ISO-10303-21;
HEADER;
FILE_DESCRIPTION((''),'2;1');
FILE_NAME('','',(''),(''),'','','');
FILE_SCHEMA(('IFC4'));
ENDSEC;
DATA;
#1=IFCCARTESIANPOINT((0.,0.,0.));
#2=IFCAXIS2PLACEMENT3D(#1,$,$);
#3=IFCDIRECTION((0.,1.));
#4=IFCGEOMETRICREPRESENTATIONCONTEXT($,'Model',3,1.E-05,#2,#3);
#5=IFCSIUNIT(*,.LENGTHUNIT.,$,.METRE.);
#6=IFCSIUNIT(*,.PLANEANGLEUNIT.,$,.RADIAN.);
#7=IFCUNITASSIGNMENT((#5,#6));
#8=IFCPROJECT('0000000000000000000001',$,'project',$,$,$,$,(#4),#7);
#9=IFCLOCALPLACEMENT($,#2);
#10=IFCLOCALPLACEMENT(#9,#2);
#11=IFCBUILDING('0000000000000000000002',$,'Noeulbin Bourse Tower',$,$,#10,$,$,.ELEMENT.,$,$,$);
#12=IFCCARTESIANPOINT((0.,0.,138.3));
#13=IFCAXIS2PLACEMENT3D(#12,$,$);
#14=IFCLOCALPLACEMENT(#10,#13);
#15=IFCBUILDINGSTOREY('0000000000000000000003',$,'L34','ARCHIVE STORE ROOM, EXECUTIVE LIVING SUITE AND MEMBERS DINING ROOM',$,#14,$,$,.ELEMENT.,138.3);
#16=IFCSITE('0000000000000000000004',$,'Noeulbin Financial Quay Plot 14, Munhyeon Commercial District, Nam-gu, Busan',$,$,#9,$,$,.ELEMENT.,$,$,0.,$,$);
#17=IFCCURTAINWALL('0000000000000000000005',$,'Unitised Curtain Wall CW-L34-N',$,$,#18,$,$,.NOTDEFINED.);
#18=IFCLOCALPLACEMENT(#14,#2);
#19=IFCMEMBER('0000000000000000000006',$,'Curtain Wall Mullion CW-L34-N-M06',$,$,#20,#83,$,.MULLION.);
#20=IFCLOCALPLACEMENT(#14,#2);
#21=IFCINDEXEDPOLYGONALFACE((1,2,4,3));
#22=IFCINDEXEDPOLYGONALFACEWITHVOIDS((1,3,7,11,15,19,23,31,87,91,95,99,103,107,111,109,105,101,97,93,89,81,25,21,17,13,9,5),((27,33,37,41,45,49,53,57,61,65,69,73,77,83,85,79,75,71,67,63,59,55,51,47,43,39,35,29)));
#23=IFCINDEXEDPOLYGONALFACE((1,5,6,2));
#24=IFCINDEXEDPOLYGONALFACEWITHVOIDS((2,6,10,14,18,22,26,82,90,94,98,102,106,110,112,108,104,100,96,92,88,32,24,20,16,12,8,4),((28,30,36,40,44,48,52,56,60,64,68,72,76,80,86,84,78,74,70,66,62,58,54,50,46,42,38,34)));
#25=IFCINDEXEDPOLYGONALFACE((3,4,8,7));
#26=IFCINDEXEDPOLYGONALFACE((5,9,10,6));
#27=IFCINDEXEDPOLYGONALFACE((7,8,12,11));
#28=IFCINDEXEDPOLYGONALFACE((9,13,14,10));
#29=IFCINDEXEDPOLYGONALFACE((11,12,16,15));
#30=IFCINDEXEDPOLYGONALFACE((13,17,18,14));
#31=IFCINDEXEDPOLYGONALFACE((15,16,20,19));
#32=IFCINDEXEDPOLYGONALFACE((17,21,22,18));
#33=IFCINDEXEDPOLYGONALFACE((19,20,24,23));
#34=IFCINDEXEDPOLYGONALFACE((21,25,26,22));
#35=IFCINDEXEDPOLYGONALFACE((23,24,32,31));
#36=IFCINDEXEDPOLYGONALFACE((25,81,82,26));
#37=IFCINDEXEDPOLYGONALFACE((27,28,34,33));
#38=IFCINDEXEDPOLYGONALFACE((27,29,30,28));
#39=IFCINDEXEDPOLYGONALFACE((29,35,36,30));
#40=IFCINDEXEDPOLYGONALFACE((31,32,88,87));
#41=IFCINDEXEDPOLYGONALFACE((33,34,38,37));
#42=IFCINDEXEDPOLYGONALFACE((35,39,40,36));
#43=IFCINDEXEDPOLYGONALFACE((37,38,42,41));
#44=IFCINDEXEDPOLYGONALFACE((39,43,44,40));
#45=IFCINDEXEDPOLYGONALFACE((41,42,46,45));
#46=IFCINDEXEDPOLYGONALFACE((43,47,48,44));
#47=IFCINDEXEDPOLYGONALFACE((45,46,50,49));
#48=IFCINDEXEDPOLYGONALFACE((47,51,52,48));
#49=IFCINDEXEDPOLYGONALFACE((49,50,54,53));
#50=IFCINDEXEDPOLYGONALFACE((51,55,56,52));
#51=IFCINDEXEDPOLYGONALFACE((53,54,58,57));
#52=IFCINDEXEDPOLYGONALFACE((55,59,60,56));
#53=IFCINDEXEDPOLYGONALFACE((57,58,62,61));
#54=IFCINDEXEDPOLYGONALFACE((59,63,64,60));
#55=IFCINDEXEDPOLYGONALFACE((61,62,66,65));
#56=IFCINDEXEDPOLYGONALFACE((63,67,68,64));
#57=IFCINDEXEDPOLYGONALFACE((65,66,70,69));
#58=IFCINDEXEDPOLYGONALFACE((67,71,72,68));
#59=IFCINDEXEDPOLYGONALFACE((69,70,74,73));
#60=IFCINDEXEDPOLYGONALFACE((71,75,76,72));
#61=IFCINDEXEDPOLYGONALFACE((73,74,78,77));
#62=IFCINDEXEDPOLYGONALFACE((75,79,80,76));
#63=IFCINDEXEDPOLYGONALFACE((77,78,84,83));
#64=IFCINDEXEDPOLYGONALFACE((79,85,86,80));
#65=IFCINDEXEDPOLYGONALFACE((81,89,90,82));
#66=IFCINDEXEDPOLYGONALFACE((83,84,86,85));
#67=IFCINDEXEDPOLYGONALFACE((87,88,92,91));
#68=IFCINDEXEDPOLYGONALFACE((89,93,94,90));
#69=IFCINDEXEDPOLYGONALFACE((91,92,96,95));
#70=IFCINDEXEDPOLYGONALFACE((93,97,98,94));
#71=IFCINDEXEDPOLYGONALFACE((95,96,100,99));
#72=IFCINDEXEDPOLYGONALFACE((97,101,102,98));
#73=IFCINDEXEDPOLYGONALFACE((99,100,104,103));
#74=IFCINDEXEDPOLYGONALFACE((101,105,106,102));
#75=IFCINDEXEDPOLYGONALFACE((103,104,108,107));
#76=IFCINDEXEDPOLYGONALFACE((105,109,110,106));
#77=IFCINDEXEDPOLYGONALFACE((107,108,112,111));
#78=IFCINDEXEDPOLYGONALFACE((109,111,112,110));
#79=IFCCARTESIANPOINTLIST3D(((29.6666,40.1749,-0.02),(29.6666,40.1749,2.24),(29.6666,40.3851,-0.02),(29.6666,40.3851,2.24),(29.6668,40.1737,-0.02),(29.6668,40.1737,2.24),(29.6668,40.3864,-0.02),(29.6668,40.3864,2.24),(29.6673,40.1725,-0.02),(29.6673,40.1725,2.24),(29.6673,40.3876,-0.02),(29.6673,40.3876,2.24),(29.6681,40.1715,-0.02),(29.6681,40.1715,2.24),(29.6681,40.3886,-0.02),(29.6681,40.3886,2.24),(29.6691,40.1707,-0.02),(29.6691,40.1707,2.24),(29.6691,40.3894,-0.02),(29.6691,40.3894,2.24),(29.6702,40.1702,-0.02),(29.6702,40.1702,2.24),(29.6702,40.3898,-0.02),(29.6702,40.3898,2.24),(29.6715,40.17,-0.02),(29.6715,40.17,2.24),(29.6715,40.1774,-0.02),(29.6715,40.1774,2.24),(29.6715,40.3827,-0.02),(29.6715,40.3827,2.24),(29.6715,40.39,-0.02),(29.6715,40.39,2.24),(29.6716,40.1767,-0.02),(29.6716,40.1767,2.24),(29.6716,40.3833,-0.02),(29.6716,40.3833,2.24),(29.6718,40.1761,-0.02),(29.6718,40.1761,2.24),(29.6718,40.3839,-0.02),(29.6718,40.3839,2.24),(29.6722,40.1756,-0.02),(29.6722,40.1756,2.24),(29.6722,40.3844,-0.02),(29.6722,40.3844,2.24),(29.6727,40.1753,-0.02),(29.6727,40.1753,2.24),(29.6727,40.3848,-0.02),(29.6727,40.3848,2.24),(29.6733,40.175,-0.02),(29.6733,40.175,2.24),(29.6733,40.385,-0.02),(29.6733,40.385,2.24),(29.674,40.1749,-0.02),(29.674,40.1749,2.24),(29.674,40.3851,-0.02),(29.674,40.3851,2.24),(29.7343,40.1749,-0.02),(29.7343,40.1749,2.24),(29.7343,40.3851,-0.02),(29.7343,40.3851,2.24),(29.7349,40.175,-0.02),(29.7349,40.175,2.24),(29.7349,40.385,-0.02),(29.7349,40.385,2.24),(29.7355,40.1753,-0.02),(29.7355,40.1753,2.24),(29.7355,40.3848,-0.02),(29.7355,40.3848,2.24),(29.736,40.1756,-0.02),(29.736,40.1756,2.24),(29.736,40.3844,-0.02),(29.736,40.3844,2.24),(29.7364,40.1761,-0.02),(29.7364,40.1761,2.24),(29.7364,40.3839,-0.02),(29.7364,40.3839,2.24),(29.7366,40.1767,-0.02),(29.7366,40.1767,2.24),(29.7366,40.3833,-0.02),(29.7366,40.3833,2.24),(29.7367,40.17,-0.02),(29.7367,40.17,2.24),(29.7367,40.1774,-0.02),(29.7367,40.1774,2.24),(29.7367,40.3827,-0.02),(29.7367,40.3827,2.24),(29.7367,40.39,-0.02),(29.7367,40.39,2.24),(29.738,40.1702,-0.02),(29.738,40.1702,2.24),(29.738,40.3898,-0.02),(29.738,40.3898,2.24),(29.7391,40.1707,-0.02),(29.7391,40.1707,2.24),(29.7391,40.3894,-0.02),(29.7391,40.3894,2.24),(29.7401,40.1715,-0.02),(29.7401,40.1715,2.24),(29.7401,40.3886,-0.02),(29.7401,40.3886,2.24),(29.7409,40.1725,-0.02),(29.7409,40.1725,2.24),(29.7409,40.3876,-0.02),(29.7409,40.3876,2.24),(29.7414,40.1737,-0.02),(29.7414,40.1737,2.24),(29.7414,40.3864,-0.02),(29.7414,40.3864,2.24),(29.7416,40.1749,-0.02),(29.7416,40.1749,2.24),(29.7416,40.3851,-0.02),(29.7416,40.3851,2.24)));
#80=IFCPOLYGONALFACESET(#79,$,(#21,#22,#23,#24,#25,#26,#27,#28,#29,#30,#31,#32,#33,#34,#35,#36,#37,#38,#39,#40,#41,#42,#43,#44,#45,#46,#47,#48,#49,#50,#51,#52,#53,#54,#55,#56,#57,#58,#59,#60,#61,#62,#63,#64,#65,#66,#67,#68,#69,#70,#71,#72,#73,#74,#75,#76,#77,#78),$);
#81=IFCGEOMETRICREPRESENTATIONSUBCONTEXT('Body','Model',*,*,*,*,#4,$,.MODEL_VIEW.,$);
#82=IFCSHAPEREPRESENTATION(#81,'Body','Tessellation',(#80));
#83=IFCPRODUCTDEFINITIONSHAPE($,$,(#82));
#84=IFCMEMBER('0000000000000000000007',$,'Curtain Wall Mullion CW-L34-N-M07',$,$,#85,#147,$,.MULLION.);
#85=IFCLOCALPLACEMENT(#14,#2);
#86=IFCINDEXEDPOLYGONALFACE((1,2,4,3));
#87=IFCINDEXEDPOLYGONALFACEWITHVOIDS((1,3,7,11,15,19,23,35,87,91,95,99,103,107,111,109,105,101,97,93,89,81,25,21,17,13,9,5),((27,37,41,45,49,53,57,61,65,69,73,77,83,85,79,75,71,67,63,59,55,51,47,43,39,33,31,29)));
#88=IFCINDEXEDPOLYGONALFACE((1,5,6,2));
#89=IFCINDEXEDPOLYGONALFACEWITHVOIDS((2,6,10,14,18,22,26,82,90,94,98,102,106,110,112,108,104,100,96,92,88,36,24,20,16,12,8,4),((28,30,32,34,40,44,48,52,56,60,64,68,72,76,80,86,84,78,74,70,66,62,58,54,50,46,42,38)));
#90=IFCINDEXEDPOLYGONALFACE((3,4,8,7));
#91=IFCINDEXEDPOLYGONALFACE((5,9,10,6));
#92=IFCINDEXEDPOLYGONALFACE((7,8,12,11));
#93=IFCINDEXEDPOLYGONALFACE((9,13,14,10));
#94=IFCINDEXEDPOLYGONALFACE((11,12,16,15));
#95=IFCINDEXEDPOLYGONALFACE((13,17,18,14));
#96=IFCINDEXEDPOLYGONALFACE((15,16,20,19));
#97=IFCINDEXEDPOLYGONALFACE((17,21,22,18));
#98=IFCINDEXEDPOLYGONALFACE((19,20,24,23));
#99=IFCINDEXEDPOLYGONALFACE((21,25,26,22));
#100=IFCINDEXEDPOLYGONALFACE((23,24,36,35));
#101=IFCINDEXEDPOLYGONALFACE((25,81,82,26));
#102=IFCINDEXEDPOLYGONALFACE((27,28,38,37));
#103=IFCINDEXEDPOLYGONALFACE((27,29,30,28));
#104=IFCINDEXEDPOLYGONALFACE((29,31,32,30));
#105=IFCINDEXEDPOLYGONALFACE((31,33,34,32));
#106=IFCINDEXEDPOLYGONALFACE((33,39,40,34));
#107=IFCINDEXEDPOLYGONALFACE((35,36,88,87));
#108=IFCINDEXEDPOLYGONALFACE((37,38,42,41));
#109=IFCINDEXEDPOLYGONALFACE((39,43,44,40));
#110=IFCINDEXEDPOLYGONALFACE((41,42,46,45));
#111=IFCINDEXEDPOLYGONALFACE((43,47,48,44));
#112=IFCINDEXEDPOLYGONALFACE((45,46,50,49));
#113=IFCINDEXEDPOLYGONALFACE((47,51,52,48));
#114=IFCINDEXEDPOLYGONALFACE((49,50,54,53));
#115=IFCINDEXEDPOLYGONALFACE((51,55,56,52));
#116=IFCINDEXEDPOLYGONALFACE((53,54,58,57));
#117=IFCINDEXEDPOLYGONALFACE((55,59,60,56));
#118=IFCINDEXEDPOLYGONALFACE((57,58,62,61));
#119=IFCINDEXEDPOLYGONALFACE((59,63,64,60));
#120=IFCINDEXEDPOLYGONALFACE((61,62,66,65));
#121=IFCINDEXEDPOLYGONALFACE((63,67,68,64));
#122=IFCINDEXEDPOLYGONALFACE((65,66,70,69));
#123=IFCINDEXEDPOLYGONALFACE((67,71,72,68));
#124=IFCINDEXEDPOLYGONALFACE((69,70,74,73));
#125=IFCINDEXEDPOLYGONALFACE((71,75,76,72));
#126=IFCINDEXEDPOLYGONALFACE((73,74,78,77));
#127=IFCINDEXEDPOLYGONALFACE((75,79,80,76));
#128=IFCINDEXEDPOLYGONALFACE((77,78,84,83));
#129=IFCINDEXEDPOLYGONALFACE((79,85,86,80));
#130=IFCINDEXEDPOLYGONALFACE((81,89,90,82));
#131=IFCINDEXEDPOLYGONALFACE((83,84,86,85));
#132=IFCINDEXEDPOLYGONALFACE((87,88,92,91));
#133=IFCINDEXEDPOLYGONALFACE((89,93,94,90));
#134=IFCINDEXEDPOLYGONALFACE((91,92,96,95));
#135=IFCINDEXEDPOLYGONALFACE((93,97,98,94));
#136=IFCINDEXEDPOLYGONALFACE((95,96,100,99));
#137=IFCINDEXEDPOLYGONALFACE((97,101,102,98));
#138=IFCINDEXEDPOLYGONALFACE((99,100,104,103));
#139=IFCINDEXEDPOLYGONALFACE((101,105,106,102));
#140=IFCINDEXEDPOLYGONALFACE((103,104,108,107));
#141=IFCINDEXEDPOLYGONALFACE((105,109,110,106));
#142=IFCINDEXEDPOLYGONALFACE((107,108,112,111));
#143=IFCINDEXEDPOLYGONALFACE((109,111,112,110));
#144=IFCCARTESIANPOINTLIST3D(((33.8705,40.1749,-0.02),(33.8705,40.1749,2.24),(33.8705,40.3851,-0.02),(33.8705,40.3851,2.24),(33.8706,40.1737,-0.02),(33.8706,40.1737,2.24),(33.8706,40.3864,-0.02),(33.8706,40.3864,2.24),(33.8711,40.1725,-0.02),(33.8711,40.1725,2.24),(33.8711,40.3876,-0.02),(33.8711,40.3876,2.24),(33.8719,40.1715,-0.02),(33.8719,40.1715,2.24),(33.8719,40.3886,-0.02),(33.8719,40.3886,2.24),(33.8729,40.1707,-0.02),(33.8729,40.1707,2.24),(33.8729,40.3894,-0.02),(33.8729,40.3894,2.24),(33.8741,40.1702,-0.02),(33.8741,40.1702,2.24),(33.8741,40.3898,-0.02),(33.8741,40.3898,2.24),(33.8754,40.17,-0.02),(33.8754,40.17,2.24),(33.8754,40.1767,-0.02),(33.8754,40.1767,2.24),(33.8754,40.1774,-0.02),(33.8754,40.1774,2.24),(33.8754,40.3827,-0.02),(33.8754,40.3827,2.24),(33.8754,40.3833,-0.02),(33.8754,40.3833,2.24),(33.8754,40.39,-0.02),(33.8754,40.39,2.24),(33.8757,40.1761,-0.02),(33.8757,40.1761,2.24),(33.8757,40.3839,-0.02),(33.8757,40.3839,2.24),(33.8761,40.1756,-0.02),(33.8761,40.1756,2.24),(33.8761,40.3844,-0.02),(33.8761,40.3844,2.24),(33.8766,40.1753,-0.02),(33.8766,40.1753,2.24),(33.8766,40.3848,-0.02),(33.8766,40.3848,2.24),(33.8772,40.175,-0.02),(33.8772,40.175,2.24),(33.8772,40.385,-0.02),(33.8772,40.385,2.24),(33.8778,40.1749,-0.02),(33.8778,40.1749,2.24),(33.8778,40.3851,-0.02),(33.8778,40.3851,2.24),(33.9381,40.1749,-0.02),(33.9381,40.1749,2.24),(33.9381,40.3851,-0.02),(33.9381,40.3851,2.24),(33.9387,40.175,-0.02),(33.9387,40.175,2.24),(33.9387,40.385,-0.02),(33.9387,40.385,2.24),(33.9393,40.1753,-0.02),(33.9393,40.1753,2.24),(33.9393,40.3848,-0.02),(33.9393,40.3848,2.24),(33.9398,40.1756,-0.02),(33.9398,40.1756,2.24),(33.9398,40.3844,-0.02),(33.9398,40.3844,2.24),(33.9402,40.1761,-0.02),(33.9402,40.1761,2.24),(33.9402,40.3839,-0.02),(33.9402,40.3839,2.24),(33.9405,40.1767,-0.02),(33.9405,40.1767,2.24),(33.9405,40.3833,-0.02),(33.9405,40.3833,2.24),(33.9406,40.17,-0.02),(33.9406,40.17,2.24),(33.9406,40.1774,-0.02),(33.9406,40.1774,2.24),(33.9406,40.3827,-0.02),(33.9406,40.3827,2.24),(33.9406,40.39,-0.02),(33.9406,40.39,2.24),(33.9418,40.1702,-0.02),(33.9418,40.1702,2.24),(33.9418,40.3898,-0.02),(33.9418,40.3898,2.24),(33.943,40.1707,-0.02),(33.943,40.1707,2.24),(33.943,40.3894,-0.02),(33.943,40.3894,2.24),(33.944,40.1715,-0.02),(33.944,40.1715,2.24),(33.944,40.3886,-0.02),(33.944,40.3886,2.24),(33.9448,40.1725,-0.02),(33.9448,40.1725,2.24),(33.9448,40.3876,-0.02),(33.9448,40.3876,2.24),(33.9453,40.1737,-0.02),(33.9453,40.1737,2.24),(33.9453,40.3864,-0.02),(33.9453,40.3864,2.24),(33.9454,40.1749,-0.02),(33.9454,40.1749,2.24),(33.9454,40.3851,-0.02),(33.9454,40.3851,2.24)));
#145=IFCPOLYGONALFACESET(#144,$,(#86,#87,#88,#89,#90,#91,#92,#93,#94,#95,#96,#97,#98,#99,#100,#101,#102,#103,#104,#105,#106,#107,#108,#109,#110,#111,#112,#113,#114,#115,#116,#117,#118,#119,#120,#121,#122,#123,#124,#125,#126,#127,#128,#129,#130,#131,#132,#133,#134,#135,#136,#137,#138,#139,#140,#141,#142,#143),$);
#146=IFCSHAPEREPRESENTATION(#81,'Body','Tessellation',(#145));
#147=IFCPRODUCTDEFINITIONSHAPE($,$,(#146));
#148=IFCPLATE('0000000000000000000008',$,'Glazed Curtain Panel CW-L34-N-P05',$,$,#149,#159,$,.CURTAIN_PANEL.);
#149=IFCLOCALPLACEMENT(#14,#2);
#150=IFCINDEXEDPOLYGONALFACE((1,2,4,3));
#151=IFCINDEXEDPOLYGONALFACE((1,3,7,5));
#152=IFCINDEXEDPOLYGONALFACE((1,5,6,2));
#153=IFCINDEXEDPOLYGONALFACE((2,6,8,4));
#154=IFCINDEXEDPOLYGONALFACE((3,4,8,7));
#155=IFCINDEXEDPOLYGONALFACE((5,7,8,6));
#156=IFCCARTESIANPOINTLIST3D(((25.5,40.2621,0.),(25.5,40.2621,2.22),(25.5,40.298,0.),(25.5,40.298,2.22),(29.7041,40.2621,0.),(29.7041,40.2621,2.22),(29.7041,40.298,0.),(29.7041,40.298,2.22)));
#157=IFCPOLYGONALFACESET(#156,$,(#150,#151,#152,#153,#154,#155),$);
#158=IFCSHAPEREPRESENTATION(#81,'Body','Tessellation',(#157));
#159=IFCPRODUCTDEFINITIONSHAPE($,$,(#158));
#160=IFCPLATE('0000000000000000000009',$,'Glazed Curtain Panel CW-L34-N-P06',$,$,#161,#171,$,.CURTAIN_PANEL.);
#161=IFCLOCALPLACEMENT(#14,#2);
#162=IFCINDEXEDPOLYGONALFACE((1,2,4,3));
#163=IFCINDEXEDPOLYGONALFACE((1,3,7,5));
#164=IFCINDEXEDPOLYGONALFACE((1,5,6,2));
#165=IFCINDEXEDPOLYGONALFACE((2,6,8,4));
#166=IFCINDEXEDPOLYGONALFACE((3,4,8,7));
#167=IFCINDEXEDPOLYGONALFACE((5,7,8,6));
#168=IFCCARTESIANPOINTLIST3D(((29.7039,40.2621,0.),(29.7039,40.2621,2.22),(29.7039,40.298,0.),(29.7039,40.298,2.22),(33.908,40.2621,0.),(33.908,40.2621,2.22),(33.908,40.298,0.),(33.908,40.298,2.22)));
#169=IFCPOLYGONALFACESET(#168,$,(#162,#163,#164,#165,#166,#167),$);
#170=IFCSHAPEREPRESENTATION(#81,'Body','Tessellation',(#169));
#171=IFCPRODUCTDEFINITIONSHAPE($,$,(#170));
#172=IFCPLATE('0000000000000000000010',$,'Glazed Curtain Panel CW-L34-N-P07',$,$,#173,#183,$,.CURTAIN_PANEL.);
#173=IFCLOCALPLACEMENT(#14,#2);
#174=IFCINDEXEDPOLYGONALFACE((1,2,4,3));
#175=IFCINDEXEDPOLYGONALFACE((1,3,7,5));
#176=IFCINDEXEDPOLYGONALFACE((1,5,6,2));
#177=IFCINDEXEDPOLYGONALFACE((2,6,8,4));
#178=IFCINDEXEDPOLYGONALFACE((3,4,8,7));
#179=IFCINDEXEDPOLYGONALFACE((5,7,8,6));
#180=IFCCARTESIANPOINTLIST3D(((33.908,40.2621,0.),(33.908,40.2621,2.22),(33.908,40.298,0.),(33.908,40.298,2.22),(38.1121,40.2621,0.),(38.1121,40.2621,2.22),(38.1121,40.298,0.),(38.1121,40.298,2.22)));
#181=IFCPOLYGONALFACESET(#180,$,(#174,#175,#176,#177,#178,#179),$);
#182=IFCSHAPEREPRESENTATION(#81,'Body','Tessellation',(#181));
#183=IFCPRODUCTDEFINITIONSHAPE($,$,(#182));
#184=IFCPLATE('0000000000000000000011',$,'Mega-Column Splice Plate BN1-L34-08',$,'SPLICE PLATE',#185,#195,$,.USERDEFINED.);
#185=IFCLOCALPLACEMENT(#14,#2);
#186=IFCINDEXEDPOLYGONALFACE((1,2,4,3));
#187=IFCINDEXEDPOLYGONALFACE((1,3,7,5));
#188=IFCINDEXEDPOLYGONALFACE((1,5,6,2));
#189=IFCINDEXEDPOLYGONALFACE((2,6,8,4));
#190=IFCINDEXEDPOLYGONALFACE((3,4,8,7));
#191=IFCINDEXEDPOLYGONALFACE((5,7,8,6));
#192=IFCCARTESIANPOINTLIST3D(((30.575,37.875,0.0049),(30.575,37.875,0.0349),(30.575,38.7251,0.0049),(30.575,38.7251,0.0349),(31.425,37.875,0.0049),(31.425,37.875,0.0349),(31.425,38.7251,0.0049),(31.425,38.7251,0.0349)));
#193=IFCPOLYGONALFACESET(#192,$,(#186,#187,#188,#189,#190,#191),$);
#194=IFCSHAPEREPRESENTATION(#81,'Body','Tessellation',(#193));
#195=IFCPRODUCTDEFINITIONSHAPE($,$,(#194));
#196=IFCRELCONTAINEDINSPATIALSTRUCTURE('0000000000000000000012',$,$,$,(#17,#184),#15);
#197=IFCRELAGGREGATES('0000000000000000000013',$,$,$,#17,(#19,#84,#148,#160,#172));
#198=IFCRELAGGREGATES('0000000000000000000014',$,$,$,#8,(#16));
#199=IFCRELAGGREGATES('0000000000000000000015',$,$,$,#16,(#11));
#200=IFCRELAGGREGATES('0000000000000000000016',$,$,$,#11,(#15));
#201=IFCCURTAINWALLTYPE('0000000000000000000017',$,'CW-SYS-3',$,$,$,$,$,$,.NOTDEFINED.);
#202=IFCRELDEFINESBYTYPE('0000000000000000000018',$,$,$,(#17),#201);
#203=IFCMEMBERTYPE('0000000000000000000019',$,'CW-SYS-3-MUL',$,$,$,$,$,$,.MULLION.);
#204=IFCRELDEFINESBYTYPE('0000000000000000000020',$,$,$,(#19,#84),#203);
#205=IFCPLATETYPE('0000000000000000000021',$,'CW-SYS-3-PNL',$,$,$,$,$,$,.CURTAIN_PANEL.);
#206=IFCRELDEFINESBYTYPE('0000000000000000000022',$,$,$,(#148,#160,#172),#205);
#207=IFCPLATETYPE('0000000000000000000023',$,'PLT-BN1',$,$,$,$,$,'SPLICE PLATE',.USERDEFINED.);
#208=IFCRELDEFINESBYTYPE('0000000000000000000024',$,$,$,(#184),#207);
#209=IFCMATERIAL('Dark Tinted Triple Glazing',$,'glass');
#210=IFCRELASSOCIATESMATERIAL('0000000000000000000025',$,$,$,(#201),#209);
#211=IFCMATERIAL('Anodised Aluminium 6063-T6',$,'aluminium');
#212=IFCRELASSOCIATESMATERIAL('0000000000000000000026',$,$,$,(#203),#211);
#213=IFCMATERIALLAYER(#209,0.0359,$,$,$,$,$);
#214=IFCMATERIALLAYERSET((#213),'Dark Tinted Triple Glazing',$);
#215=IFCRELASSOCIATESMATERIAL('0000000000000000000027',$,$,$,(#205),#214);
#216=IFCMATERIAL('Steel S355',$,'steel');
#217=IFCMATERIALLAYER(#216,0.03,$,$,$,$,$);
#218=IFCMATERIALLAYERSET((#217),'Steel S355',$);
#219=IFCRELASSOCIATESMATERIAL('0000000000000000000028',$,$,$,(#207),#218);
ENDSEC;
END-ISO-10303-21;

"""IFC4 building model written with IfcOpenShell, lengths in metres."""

from ifc_helpers import new_model, si_unit, direction, frame, origin, origin_2d, place, context, subcontext, project, spatial, rectangle, hollow_rectangle, extrude, material, layer, layer_set, material_profile, profile_set, type_object, element, aggregate, save


model = new_model("IFC4")

# Units and contexts
model_context = context("Model", 3, precision=1e-05, world=origin(), true_north=direction((0.0, 1.0)))
body_context = subcontext(model_context, "Body", "Model", "MODEL_VIEW")
ifc_project = project(units=[si_unit("LENGTHUNIT", "METRE"), si_unit("PLANEANGLEUNIT", "RADIAN")], contexts=[model_context])

# Site, building, storey
site_placement = place(None, origin())
site = spatial("IfcSite", under=ifc_project, at=site_placement, Name="Noeulbin Financial Quay Plot 14, Munhyeon Commercial District, Nam-gu, Busan", CompositionType="ELEMENT", RefElevation=0.0)
building_placement = place(site_placement, origin())
building = spatial("IfcBuilding", under=site, at=building_placement, Name="Noeulbin Bourse Tower", CompositionType="ELEMENT")
storey_placement = place(building_placement, frame((0.0, 0.0, 138.3)))
storey = spatial("IfcBuildingStorey", under=building, at=storey_placement, Name="L34", Description="ARCHIVE STORE ROOM, EXECUTIVE LIVING SUITE AND MEMBERS DINING ROOM", CompositionType="ELEMENT", Elevation=138.3)

# Shared definitions
ifc_material_1 = material(Name="Steel S355", Category="steel")

# Curtain wall, members, plates
ifc_material_2 = material(Name="Dark Tinted Triple Glazing", Category="glass")
curtain_wall_type = type_object("IfcCurtainWallType", Name="CW-SYS-3", PredefinedType="NOTDEFINED", material=ifc_material_2)
curtain_wall_placement = place(storey_placement, origin())
curtain_wall = element("IfcCurtainWall", 1, at=curtain_wall_placement, inside=storey, type_object=curtain_wall_type, Name="Unitised Curtain Wall CW-L34-N", PredefinedType="NOTDEFINED")
ifc_material_3 = material(Name="Anodised Aluminium 6063-T6", Category="aluminium")
ifc_material_profile_1 = material_profile(ifc_material_3, hollow_rectangle(XDim=0.075, YDim=0.22, WallThickness=0.0049, InnerFilletRadius=0.0024, OuterFilletRadius=0.0049, at=origin_2d()), Name="ALU-MULL-75x220x5", Category="LoadBearing")
ifc_profile_set_1 = profile_set([ifc_material_profile_1], Name="Anodised Aluminium 6063-T6")
member_type = type_object("IfcMemberType", Name="CW-SYS-3-MUL", PredefinedType="MULLION", material=ifc_profile_set_1)
member_1_placement = place(storey_placement, frame((29.7041, 40.28, -0.02), z_axis=(0.0, 0.0, 1.0), x_axis=(1.0, 0.0, 0.0)))
member_1 = element("IfcMember", 2, at=member_1_placement, type_object=member_type, Name="Curtain Wall Mullion CW-L34-N-M06", PredefinedType="MULLION", context=body_context, shape_type="SweptSolid", body=[
    extrude(hollow_rectangle(XDim=0.075, YDim=0.22, WallThickness=0.0049, InnerFilletRadius=0.0024, OuterFilletRadius=0.0049, at=origin_2d()), origin(), (0.0, 0.0, 1.0), 2.26),
])
member_2_placement = place(storey_placement, frame((33.908, 40.28, -0.02), z_axis=(0.0, 0.0, 1.0), x_axis=(1.0, 0.0, 0.0)))
member_2 = element("IfcMember", 3, at=member_2_placement, type_object=member_type, Name="Curtain Wall Mullion CW-L34-N-M07", PredefinedType="MULLION", context=body_context, shape_type="SweptSolid", body=[
    extrude(hollow_rectangle(XDim=0.075, YDim=0.22, WallThickness=0.0049, InnerFilletRadius=0.0024, OuterFilletRadius=0.0049, at=origin_2d()), origin(), (0.0, 0.0, 1.0), 2.26),
])
ifc_layer_1 = layer(ifc_material_2, 0.0359)
ifc_layer_set_1 = layer_set([ifc_layer_1], Name="Dark Tinted Triple Glazing")
plate_type_1 = type_object("IfcPlateType", Name="CW-SYS-3-PNL", PredefinedType="CURTAIN_PANEL", material=ifc_layer_set_1)
plate_1_placement = place(storey_placement, frame((27.6021, 40.28, 0.0), z_axis=(0.0, 0.0, 1.0), x_axis=(1.0, 0.0, 0.0)))
plate_1 = element("IfcPlate", 4, at=plate_1_placement, type_object=plate_type_1, Name="Glazed Curtain Panel CW-L34-N-P05", PredefinedType="CURTAIN_PANEL", context=body_context, shape_type="SweptSolid", body=[
    extrude(rectangle(XDim=4.2041, YDim=0.0359, at=origin_2d()), origin(), (0.0, 0.0, 1.0), 2.22),
])
plate_2_placement = place(storey_placement, frame((31.8059, 40.28, 0.0), z_axis=(0.0, 0.0, 1.0), x_axis=(1.0, 0.0, 0.0)))
plate_2 = element("IfcPlate", 5, at=plate_2_placement, type_object=plate_type_1, Name="Glazed Curtain Panel CW-L34-N-P06", PredefinedType="CURTAIN_PANEL", context=body_context, shape_type="SweptSolid", body=[
    extrude(rectangle(XDim=4.2041, YDim=0.0359, at=origin_2d()), origin(), (0.0, 0.0, 1.0), 2.22),
])
plate_3_placement = place(storey_placement, frame((36.01, 40.28, 0.0), z_axis=(0.0, 0.0, 1.0), x_axis=(1.0, 0.0, 0.0)))
plate_3 = element("IfcPlate", 6, at=plate_3_placement, type_object=plate_type_1, Name="Glazed Curtain Panel CW-L34-N-P07", PredefinedType="CURTAIN_PANEL", context=body_context, shape_type="SweptSolid", body=[
    extrude(rectangle(XDim=4.2041, YDim=0.0359, at=origin_2d()), origin(), (0.0, 0.0, 1.0), 2.22),
])
aggregate(curtain_wall, [member_1, member_2, plate_1, plate_2, plate_3])

# Plate
ifc_layer_2 = layer(ifc_material_1, 0.03)
ifc_layer_set_2 = layer_set([ifc_layer_2], Name="Steel S355")
plate_type_2 = type_object("IfcPlateType", Name="PLT-BN1", ElementType="SPLICE PLATE", PredefinedType="USERDEFINED", material=ifc_layer_set_2)
for number, where, z_axis, x_axis, name in (
    (7, (31.0, 38.3, 0.0049), (0.0, 0.0, 1.0), (1.0, 0.0, 0.0), "Mega-Column Splice Plate BN1-L34-08"),
):
    element("IfcPlate", number, at=place(storey_placement, frame(where, z_axis=z_axis, x_axis=x_axis)), inside=storey, type_object=plate_type_2, Name=name, ObjectType="SPLICE PLATE", PredefinedType="USERDEFINED", context=body_context, shape_type="SweptSolid", body=[
        extrude(rectangle(XDim=0.8501, YDim=0.8501, at=origin_2d()), origin(), (0.0, 0.0, 1.0), 0.03),
    ])

save(model, "model.ifc")
